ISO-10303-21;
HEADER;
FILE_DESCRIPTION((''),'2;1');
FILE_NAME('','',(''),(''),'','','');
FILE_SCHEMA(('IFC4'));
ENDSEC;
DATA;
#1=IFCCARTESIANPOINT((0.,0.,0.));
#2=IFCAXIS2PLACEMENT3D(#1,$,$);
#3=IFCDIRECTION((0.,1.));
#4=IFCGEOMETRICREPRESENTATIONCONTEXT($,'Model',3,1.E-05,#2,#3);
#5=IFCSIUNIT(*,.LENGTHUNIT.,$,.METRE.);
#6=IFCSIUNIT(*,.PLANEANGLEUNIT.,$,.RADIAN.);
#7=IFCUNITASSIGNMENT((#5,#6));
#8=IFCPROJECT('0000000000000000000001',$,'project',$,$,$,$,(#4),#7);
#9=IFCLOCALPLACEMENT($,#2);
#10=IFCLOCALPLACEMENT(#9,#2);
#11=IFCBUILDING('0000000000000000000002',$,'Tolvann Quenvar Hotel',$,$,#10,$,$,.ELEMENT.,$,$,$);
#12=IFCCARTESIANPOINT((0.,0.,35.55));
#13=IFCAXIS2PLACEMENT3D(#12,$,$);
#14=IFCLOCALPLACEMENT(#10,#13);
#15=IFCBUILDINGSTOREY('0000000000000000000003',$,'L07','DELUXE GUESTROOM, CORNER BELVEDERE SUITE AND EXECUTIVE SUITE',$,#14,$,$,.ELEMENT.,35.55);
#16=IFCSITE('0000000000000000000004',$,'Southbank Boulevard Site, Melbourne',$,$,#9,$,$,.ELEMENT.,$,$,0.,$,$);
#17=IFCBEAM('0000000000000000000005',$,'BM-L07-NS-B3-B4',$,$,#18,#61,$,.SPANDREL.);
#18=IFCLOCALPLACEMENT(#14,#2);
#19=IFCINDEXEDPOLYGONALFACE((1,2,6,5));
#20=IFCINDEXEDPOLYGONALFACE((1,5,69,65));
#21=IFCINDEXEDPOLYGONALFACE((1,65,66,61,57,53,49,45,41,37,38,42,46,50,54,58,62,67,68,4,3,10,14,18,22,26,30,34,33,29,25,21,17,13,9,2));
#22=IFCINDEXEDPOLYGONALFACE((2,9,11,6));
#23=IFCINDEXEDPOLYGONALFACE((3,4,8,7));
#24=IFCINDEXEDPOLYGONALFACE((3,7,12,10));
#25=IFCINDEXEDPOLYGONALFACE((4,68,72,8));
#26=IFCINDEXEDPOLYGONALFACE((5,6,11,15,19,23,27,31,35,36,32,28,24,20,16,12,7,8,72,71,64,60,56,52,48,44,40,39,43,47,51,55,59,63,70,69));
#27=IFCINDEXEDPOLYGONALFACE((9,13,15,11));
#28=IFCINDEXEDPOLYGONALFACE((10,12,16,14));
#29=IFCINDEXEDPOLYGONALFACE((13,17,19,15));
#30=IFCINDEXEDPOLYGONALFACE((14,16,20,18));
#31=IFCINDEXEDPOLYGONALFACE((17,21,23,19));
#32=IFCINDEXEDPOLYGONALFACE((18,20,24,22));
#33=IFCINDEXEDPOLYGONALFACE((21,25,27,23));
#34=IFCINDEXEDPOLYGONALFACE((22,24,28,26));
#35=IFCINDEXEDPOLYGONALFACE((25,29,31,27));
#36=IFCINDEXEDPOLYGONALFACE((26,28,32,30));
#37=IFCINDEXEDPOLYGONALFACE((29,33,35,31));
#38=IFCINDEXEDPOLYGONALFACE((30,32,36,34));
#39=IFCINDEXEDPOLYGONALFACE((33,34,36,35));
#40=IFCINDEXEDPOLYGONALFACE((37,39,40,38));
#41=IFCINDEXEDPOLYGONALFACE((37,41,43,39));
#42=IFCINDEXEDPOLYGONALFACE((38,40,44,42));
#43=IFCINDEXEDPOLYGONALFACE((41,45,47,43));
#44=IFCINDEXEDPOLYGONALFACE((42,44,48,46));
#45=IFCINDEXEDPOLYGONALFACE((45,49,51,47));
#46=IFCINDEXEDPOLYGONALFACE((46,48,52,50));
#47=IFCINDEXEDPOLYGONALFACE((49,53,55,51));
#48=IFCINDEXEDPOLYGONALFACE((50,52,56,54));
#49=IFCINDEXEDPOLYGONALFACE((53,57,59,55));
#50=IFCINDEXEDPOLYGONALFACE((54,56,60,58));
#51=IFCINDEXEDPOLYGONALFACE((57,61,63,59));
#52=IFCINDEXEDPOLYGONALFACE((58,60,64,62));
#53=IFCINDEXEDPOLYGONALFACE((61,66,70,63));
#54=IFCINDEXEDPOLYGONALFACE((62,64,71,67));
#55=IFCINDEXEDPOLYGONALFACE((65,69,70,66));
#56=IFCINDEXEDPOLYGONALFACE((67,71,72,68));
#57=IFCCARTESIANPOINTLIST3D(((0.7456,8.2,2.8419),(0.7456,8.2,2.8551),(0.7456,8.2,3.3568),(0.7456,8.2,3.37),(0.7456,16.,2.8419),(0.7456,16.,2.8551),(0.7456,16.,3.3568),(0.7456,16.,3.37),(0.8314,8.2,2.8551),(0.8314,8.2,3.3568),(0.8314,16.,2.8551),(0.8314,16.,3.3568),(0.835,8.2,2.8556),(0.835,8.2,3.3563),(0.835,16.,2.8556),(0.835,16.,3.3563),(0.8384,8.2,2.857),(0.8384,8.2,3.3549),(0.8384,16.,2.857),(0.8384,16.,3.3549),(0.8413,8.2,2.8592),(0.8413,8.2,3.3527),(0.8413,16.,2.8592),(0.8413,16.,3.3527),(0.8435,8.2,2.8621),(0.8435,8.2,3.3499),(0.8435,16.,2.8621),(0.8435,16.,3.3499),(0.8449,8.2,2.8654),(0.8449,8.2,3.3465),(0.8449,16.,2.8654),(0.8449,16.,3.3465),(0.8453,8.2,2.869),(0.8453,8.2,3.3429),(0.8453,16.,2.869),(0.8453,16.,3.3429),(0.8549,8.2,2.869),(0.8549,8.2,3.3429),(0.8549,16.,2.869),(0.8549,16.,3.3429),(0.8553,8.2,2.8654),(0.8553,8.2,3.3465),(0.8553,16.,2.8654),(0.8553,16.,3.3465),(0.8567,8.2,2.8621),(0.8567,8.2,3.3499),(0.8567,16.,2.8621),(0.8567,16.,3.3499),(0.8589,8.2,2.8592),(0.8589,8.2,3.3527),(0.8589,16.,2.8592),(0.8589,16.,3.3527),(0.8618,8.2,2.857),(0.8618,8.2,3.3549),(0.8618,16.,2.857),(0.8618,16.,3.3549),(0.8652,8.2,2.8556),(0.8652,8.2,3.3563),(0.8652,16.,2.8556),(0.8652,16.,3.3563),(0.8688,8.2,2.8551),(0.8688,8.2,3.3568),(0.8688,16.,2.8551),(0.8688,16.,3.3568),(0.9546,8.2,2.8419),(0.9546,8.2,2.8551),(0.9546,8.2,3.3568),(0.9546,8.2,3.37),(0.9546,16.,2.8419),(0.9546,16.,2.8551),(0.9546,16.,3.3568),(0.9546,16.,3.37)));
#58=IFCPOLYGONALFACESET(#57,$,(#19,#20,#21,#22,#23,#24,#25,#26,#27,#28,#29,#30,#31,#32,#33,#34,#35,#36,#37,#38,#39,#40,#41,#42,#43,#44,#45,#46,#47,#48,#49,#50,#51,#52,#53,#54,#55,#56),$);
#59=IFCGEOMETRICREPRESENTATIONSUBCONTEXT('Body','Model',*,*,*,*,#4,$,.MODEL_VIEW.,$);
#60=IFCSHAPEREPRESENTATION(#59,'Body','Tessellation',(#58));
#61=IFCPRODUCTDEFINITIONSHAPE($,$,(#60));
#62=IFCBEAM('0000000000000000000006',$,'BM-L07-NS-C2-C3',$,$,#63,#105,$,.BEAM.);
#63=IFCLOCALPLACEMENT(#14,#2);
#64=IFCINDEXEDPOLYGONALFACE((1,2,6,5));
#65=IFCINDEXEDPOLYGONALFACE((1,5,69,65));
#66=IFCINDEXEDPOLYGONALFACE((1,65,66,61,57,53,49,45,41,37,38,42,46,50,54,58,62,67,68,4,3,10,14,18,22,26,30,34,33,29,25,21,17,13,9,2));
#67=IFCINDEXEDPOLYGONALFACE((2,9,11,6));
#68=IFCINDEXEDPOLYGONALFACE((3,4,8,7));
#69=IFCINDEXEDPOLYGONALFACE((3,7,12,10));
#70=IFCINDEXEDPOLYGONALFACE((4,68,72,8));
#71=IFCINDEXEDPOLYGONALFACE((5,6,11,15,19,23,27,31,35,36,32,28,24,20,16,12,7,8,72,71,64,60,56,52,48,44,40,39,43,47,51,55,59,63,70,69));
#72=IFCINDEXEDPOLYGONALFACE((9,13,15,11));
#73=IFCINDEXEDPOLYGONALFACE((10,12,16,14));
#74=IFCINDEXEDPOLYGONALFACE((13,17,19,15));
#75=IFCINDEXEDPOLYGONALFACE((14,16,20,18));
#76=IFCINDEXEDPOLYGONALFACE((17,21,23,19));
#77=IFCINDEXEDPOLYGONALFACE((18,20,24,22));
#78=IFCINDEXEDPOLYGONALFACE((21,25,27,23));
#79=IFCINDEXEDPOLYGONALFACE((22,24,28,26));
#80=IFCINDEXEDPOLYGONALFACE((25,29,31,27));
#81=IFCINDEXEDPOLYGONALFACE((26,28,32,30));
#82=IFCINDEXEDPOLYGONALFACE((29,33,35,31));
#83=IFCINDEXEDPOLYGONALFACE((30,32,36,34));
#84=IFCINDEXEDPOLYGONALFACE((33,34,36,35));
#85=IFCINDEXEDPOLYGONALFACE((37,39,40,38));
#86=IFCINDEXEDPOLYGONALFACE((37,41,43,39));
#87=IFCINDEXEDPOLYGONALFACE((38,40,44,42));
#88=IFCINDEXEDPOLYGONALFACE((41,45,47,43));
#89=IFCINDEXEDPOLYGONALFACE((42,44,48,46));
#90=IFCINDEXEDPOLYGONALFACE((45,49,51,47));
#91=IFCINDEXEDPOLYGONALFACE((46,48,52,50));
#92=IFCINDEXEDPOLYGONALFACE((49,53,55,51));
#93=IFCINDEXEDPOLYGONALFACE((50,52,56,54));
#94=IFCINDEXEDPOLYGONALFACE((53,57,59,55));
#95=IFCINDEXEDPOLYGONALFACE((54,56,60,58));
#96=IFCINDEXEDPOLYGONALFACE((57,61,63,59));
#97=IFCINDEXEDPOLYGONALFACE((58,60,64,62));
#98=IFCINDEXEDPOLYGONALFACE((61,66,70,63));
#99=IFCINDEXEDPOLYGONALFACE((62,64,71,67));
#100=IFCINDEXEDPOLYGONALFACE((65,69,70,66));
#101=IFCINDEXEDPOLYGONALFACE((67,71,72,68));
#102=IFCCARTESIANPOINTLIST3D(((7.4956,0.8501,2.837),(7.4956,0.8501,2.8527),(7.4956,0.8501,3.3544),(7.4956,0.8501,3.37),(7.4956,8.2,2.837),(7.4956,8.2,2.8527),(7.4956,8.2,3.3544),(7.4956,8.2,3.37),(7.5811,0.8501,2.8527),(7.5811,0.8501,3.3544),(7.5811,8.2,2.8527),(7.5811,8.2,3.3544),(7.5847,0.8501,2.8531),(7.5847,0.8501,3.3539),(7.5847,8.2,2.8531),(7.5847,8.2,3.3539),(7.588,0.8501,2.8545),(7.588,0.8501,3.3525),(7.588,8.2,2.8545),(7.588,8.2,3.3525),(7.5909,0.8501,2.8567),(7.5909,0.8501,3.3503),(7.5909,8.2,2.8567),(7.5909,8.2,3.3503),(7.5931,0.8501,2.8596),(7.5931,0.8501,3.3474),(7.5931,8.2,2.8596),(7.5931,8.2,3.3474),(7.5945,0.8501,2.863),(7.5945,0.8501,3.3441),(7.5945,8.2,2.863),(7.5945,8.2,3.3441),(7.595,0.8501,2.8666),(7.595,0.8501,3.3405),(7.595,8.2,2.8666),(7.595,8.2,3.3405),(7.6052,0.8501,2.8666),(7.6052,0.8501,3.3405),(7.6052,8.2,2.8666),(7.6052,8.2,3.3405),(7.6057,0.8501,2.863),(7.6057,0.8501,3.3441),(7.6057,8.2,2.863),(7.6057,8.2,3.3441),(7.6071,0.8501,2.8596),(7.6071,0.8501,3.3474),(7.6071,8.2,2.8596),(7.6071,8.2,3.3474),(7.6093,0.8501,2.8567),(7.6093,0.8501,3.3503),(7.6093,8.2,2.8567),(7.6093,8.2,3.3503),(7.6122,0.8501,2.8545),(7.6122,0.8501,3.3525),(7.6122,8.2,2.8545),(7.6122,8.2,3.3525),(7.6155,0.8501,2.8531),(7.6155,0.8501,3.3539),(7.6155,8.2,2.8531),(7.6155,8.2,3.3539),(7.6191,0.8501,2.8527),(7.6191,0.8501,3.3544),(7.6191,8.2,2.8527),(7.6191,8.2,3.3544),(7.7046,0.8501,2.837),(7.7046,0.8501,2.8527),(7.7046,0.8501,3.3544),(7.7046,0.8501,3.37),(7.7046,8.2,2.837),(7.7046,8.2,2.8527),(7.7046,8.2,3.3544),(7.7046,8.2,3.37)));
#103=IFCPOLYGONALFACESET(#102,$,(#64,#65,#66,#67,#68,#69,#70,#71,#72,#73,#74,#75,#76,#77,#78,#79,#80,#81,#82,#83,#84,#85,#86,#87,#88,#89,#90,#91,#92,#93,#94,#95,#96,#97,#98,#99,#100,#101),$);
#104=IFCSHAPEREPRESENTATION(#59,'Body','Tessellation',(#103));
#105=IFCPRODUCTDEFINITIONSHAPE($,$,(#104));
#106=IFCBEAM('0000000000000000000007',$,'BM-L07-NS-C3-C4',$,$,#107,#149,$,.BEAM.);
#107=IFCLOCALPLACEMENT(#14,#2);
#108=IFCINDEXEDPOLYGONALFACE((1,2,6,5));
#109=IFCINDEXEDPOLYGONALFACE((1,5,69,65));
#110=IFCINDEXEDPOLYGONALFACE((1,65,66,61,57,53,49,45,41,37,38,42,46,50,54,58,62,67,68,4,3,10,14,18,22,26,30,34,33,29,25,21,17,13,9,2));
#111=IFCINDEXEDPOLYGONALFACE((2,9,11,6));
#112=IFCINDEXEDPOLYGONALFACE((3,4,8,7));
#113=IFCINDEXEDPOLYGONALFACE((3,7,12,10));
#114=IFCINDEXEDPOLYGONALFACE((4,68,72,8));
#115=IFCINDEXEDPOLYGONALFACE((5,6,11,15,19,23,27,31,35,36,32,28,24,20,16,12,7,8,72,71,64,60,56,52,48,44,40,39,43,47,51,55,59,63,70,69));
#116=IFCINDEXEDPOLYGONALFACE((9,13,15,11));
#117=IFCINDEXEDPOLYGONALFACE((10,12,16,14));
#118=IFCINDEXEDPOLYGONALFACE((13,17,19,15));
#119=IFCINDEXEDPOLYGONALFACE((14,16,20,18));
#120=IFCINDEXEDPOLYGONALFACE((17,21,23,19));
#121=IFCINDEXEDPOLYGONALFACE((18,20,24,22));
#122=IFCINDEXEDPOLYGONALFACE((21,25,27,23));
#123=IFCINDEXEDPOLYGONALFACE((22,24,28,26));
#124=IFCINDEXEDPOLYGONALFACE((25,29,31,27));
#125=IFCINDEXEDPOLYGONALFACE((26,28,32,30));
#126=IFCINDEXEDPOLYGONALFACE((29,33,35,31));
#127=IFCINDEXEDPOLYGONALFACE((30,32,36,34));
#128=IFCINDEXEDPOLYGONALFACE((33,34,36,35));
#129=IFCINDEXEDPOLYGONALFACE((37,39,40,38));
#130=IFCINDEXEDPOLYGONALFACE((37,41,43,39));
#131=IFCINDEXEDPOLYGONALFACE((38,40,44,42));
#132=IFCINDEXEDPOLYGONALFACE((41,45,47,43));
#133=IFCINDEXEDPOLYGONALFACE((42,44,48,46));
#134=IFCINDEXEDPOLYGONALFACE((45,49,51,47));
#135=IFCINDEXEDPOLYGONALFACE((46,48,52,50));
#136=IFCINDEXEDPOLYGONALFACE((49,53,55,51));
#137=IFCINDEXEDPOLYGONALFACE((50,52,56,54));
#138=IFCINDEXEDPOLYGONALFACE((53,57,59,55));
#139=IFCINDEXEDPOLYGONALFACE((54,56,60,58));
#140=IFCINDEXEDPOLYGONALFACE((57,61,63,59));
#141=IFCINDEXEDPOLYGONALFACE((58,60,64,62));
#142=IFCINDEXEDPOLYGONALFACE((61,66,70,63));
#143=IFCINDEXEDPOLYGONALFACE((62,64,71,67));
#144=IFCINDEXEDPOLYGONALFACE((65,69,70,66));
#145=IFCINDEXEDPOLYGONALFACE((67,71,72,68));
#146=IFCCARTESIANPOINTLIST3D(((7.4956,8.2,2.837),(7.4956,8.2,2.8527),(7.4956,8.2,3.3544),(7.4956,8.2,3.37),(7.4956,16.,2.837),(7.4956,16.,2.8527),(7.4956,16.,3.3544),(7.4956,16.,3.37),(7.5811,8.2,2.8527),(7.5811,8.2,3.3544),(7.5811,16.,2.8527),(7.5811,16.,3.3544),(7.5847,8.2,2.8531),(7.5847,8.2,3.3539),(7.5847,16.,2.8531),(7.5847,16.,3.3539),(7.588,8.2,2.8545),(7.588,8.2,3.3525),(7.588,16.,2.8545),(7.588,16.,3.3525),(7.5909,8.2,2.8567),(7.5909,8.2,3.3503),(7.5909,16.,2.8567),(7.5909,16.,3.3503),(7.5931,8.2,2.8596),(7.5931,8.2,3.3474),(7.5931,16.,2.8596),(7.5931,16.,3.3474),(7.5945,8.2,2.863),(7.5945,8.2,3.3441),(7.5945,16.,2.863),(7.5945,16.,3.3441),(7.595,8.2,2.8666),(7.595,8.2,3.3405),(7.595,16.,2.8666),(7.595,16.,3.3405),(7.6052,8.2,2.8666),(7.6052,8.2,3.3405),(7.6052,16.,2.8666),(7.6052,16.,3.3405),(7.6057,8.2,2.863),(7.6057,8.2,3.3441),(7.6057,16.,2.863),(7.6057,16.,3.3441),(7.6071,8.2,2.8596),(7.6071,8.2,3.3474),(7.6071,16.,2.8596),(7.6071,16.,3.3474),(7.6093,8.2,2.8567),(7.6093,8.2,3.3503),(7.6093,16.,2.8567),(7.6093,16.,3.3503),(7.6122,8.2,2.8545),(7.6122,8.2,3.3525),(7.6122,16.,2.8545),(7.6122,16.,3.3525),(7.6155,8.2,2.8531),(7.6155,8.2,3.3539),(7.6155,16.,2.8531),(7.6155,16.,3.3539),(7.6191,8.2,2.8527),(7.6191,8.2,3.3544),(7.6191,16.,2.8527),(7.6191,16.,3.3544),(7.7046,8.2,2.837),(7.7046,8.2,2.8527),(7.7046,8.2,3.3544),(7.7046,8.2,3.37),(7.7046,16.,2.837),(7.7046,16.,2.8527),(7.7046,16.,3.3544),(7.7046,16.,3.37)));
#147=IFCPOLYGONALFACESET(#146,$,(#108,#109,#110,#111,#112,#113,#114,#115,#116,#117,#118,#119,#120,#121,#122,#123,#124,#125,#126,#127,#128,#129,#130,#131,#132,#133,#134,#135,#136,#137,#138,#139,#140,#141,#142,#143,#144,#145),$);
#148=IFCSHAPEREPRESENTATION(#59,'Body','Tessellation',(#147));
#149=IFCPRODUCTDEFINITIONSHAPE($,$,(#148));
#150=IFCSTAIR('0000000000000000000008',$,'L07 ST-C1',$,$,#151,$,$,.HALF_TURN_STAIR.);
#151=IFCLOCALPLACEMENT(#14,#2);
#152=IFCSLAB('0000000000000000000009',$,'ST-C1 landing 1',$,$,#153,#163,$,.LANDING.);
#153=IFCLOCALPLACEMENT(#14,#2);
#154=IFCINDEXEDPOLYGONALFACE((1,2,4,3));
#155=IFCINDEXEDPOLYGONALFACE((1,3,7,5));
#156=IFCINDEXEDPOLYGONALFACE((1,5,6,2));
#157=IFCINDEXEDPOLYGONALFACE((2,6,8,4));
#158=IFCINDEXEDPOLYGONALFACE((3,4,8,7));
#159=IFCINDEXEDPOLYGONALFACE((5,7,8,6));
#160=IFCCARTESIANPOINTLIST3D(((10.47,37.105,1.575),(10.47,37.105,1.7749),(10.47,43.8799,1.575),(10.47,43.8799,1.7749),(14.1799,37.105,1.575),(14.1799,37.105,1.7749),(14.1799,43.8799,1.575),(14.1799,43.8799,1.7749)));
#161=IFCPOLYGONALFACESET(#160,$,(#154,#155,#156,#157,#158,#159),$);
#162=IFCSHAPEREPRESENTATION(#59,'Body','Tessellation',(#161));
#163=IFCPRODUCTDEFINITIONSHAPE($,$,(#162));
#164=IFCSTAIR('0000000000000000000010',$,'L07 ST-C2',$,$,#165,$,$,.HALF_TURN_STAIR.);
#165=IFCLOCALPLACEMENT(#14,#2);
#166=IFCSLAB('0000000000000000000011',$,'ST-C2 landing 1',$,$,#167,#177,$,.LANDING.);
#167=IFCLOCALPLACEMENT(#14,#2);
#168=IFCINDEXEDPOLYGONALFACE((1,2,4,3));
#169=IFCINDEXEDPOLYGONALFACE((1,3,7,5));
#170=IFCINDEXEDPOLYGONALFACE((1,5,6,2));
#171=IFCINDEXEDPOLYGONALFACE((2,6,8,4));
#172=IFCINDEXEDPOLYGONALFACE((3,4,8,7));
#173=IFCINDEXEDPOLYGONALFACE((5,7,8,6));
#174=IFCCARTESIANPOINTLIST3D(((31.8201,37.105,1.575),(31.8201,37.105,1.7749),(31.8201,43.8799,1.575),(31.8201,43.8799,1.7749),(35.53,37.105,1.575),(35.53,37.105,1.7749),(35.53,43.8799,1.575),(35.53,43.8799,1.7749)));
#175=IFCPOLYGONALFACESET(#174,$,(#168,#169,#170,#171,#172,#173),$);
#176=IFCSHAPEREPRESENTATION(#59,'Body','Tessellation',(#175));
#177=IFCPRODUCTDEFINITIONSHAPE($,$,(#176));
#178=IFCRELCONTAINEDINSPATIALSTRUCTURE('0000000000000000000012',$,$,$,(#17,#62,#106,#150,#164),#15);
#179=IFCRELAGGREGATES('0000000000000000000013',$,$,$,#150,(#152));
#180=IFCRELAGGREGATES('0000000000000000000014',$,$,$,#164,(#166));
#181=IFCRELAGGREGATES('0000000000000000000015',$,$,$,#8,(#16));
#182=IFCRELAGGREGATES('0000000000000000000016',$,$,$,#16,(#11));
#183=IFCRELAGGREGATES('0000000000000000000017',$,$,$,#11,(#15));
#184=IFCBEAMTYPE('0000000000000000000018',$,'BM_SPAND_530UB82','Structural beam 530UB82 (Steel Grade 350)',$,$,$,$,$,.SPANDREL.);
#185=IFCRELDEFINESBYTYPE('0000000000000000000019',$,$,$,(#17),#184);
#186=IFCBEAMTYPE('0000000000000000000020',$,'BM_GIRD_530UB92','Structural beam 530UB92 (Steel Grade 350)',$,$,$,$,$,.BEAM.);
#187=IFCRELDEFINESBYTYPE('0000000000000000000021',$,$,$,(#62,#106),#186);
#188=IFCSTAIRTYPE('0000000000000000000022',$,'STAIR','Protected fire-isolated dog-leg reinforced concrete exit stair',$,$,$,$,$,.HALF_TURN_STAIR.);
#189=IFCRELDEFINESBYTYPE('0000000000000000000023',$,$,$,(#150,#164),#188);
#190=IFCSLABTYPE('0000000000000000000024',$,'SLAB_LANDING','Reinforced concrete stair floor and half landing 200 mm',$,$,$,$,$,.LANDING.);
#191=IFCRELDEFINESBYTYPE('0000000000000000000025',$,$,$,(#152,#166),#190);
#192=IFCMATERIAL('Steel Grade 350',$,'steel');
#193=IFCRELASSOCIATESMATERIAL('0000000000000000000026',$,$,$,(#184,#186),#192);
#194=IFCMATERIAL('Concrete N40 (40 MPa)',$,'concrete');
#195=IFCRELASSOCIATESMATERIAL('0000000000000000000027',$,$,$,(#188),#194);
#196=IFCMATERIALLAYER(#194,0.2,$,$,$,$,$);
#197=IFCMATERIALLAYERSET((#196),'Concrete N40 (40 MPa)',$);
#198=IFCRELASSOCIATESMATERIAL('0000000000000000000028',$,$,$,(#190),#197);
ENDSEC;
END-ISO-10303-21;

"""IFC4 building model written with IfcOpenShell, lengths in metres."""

from ifc_helpers import new_model, si_unit, direction, frame, origin, origin_2d, place, context, subcontext, project, spatial, polyline, i_section, outline, extrude, source, transform, mapped, material, layer, layer_set, material_profile, profile_set, type_object, type_shapes, element, aggregate, save


model = new_model("IFC4")

# Units and contexts
model_context = context("Model", 3, precision=1e-05, world=origin(), true_north=direction((0.0, 1.0)))
body_context = subcontext(model_context, "Body", "Model", "MODEL_VIEW")
ifc_project = project(units=[si_unit("LENGTHUNIT", "METRE"), si_unit("PLANEANGLEUNIT", "RADIAN")], contexts=[model_context])

# Site, building, storey
site_placement = place(None, origin())
site = spatial("IfcSite", under=ifc_project, at=site_placement, Name="Southbank Boulevard Site, Melbourne", CompositionType="ELEMENT", RefElevation=0.0)
building_placement = place(site_placement, origin())
building = spatial("IfcBuilding", under=site, at=building_placement, Name="Tolvann Quenvar Hotel", CompositionType="ELEMENT")
storey_placement = place(building_placement, frame((0.0, 0.0, 35.55)))
storey = spatial("IfcBuildingStorey", under=building, at=storey_placement, Name="L07", Description="DELUXE GUESTROOM, CORNER BELVEDERE SUITE AND EXECUTIVE SUITE", CompositionType="ELEMENT", Elevation=35.55)

# Shared definitions
ifc_material_1 = material(Name="Steel Grade 350", Category="steel")

# Beams
ifc_material_profile_1 = material_profile(ifc_material_1, i_section(OverallWidth=0.209, OverallDepth=0.5281, WebThickness=0.0095, FlangeThickness=0.0132, FilletRadius=0.0139, at=origin_2d()), Name="530UB82")
ifc_profile_set_1 = profile_set([ifc_material_profile_1], Name="Steel Grade 350")
beam_type_1 = type_object("IfcBeamType", Name="BM_SPAND_530UB82", Description="Structural beam 530UB82 (Steel Grade 350)", PredefinedType="SPANDREL", material=ifc_profile_set_1)
shared_shape_1 = source(origin(), body_context, "Body", "SweptSolid", [
    extrude(i_section(OverallWidth=0.209, OverallDepth=0.5281, WebThickness=0.0095, FlangeThickness=0.0132, FilletRadius=0.0139, at=origin_2d()), origin(), (0.0, 0.0, 1.0), 7.8),
])
beam_1_placement = place(storey_placement, frame((0.8501, 8.2, 3.106), z_axis=(0.0, 1.0, 0.0), x_axis=(-1.0, 0.0, 0.0)))
element("IfcBeam", 1, at=beam_1_placement, inside=storey, type_object=beam_type_1, Name="BM-L07-NS-B3-B4", PredefinedType="SPANDREL", context=body_context, shape_type="MappedRepresentation", body=[
    mapped(shared_shape_1, transform((0.0, 0.0, 0.0), x_axis=(1.0, 0.0, 0.0), y_axis=(0.0, 1.0, 0.0), z_axis=(0.0, 0.0, 1.0), scale=1.0)),
])
ifc_material_profile_2 = material_profile(ifc_material_1, i_section(OverallWidth=0.209, OverallDepth=0.533, WebThickness=0.0103, FlangeThickness=0.0156, FilletRadius=0.0139, at=origin_2d()), Name="530UB92")
ifc_profile_set_2 = profile_set([ifc_material_profile_2], Name="Steel Grade 350")
beam_type_2 = type_object("IfcBeamType", Name="BM_GIRD_530UB92", Description="Structural beam 530UB92 (Steel Grade 350)", PredefinedType="BEAM", material=ifc_profile_set_2)
shared_shape_2 = source(origin(), body_context, "Body", "SweptSolid", [
    extrude(i_section(OverallWidth=0.209, OverallDepth=0.533, WebThickness=0.0103, FlangeThickness=0.0156, FilletRadius=0.0139, at=origin_2d()), origin(), (0.0, 0.0, 1.0), 7.3499),
])
beam_2_placement = place(storey_placement, frame((7.6001, 0.8501, 3.1035), z_axis=(0.0, 1.0, 0.0), x_axis=(-1.0, 0.0, 0.0)))
element("IfcBeam", 2, at=beam_2_placement, inside=storey, type_object=beam_type_2, Name="BM-L07-NS-C2-C3", PredefinedType="BEAM", context=body_context, shape_type="MappedRepresentation", body=[
    mapped(shared_shape_2, transform((0.0, 0.0, 0.0), x_axis=(1.0, 0.0, 0.0), y_axis=(0.0, 1.0, 0.0), z_axis=(0.0, 0.0, 1.0), scale=1.0)),
])
shared_shape_3 = source(origin(), body_context, "Body", "SweptSolid", [
    extrude(i_section(OverallWidth=0.209, OverallDepth=0.533, WebThickness=0.0103, FlangeThickness=0.0156, FilletRadius=0.0139, at=origin_2d()), origin(), (0.0, 0.0, 1.0), 7.8),
])
type_shapes(beam_type_2, [shared_shape_2, shared_shape_3])
beam_3_placement = place(storey_placement, frame((7.6001, 8.2, 3.1035), z_axis=(0.0, 1.0, 0.0), x_axis=(-1.0, 0.0, 0.0)))
element("IfcBeam", 3, at=beam_3_placement, inside=storey, type_object=beam_type_2, Name="BM-L07-NS-C3-C4", PredefinedType="BEAM", context=body_context, shape_type="MappedRepresentation", body=[
    mapped(shared_shape_3, transform((0.0, 0.0, 0.0), x_axis=(1.0, 0.0, 0.0), y_axis=(0.0, 1.0, 0.0), z_axis=(0.0, 0.0, 1.0), scale=1.0)),
])

# Stairs, slabs
ifc_material_2 = material(Name="Concrete N40 (40 MPa)", Category="concrete")
stair_type = type_object("IfcStairType", Name="STAIR", Description="Protected fire-isolated dog-leg reinforced concrete exit stair", PredefinedType="HALF_TURN_STAIR", material=ifc_material_2)
stair_1_placement = place(storey_placement, origin())
stair_1 = element("IfcStair", 4, at=stair_1_placement, inside=storey, type_object=stair_type, Name="L07 ST-C1", PredefinedType="HALF_TURN_STAIR")
ifc_layer_1 = layer(ifc_material_2, 0.2)
ifc_layer_set_1 = layer_set([ifc_layer_1], Name="Concrete N40 (40 MPa)")
slab_type_1 = type_object("IfcSlabType", Name="SLAB_LANDING", Description="Reinforced concrete stair floor and half landing 200 mm", PredefinedType="LANDING", material=ifc_layer_set_1)
slab_1_placement = place(storey_placement, frame((0.0, 0.0, 1.575)))
slab_1 = element("IfcSlab", 5, at=slab_1_placement, type_object=slab_type_1, Name="ST-C1 landing 1", PredefinedType="LANDING", context=body_context, shape_type="SweptSolid", body=[
    extrude(outline(polyline([(14.1799, 37.105), (14.1799, 43.8799), (10.47, 43.8799), (10.47, 37.105), (14.1799, 37.105)])), origin(), (0.0, 0.0, 1.0), 0.2),
])
aggregate(stair_1, [slab_1])
stair_2_placement = place(storey_placement, origin())
stair_2 = element("IfcStair", 6, at=stair_2_placement, inside=storey, type_object=stair_type, Name="L07 ST-C2", PredefinedType="HALF_TURN_STAIR")
slab_2_placement = place(storey_placement, frame((0.0, 0.0, 1.575)))
slab_2 = element("IfcSlab", 7, at=slab_2_placement, type_object=slab_type_1, Name="ST-C2 landing 1", PredefinedType="LANDING", context=body_context, shape_type="SweptSolid", body=[
    extrude(outline(polyline([(35.53, 37.105), (35.53, 43.8799), (31.8201, 43.8799), (31.8201, 37.105), (35.53, 37.105)])), origin(), (0.0, 0.0, 1.0), 0.2),
])
aggregate(stair_2, [slab_2])

save(model, "model.ifc")
